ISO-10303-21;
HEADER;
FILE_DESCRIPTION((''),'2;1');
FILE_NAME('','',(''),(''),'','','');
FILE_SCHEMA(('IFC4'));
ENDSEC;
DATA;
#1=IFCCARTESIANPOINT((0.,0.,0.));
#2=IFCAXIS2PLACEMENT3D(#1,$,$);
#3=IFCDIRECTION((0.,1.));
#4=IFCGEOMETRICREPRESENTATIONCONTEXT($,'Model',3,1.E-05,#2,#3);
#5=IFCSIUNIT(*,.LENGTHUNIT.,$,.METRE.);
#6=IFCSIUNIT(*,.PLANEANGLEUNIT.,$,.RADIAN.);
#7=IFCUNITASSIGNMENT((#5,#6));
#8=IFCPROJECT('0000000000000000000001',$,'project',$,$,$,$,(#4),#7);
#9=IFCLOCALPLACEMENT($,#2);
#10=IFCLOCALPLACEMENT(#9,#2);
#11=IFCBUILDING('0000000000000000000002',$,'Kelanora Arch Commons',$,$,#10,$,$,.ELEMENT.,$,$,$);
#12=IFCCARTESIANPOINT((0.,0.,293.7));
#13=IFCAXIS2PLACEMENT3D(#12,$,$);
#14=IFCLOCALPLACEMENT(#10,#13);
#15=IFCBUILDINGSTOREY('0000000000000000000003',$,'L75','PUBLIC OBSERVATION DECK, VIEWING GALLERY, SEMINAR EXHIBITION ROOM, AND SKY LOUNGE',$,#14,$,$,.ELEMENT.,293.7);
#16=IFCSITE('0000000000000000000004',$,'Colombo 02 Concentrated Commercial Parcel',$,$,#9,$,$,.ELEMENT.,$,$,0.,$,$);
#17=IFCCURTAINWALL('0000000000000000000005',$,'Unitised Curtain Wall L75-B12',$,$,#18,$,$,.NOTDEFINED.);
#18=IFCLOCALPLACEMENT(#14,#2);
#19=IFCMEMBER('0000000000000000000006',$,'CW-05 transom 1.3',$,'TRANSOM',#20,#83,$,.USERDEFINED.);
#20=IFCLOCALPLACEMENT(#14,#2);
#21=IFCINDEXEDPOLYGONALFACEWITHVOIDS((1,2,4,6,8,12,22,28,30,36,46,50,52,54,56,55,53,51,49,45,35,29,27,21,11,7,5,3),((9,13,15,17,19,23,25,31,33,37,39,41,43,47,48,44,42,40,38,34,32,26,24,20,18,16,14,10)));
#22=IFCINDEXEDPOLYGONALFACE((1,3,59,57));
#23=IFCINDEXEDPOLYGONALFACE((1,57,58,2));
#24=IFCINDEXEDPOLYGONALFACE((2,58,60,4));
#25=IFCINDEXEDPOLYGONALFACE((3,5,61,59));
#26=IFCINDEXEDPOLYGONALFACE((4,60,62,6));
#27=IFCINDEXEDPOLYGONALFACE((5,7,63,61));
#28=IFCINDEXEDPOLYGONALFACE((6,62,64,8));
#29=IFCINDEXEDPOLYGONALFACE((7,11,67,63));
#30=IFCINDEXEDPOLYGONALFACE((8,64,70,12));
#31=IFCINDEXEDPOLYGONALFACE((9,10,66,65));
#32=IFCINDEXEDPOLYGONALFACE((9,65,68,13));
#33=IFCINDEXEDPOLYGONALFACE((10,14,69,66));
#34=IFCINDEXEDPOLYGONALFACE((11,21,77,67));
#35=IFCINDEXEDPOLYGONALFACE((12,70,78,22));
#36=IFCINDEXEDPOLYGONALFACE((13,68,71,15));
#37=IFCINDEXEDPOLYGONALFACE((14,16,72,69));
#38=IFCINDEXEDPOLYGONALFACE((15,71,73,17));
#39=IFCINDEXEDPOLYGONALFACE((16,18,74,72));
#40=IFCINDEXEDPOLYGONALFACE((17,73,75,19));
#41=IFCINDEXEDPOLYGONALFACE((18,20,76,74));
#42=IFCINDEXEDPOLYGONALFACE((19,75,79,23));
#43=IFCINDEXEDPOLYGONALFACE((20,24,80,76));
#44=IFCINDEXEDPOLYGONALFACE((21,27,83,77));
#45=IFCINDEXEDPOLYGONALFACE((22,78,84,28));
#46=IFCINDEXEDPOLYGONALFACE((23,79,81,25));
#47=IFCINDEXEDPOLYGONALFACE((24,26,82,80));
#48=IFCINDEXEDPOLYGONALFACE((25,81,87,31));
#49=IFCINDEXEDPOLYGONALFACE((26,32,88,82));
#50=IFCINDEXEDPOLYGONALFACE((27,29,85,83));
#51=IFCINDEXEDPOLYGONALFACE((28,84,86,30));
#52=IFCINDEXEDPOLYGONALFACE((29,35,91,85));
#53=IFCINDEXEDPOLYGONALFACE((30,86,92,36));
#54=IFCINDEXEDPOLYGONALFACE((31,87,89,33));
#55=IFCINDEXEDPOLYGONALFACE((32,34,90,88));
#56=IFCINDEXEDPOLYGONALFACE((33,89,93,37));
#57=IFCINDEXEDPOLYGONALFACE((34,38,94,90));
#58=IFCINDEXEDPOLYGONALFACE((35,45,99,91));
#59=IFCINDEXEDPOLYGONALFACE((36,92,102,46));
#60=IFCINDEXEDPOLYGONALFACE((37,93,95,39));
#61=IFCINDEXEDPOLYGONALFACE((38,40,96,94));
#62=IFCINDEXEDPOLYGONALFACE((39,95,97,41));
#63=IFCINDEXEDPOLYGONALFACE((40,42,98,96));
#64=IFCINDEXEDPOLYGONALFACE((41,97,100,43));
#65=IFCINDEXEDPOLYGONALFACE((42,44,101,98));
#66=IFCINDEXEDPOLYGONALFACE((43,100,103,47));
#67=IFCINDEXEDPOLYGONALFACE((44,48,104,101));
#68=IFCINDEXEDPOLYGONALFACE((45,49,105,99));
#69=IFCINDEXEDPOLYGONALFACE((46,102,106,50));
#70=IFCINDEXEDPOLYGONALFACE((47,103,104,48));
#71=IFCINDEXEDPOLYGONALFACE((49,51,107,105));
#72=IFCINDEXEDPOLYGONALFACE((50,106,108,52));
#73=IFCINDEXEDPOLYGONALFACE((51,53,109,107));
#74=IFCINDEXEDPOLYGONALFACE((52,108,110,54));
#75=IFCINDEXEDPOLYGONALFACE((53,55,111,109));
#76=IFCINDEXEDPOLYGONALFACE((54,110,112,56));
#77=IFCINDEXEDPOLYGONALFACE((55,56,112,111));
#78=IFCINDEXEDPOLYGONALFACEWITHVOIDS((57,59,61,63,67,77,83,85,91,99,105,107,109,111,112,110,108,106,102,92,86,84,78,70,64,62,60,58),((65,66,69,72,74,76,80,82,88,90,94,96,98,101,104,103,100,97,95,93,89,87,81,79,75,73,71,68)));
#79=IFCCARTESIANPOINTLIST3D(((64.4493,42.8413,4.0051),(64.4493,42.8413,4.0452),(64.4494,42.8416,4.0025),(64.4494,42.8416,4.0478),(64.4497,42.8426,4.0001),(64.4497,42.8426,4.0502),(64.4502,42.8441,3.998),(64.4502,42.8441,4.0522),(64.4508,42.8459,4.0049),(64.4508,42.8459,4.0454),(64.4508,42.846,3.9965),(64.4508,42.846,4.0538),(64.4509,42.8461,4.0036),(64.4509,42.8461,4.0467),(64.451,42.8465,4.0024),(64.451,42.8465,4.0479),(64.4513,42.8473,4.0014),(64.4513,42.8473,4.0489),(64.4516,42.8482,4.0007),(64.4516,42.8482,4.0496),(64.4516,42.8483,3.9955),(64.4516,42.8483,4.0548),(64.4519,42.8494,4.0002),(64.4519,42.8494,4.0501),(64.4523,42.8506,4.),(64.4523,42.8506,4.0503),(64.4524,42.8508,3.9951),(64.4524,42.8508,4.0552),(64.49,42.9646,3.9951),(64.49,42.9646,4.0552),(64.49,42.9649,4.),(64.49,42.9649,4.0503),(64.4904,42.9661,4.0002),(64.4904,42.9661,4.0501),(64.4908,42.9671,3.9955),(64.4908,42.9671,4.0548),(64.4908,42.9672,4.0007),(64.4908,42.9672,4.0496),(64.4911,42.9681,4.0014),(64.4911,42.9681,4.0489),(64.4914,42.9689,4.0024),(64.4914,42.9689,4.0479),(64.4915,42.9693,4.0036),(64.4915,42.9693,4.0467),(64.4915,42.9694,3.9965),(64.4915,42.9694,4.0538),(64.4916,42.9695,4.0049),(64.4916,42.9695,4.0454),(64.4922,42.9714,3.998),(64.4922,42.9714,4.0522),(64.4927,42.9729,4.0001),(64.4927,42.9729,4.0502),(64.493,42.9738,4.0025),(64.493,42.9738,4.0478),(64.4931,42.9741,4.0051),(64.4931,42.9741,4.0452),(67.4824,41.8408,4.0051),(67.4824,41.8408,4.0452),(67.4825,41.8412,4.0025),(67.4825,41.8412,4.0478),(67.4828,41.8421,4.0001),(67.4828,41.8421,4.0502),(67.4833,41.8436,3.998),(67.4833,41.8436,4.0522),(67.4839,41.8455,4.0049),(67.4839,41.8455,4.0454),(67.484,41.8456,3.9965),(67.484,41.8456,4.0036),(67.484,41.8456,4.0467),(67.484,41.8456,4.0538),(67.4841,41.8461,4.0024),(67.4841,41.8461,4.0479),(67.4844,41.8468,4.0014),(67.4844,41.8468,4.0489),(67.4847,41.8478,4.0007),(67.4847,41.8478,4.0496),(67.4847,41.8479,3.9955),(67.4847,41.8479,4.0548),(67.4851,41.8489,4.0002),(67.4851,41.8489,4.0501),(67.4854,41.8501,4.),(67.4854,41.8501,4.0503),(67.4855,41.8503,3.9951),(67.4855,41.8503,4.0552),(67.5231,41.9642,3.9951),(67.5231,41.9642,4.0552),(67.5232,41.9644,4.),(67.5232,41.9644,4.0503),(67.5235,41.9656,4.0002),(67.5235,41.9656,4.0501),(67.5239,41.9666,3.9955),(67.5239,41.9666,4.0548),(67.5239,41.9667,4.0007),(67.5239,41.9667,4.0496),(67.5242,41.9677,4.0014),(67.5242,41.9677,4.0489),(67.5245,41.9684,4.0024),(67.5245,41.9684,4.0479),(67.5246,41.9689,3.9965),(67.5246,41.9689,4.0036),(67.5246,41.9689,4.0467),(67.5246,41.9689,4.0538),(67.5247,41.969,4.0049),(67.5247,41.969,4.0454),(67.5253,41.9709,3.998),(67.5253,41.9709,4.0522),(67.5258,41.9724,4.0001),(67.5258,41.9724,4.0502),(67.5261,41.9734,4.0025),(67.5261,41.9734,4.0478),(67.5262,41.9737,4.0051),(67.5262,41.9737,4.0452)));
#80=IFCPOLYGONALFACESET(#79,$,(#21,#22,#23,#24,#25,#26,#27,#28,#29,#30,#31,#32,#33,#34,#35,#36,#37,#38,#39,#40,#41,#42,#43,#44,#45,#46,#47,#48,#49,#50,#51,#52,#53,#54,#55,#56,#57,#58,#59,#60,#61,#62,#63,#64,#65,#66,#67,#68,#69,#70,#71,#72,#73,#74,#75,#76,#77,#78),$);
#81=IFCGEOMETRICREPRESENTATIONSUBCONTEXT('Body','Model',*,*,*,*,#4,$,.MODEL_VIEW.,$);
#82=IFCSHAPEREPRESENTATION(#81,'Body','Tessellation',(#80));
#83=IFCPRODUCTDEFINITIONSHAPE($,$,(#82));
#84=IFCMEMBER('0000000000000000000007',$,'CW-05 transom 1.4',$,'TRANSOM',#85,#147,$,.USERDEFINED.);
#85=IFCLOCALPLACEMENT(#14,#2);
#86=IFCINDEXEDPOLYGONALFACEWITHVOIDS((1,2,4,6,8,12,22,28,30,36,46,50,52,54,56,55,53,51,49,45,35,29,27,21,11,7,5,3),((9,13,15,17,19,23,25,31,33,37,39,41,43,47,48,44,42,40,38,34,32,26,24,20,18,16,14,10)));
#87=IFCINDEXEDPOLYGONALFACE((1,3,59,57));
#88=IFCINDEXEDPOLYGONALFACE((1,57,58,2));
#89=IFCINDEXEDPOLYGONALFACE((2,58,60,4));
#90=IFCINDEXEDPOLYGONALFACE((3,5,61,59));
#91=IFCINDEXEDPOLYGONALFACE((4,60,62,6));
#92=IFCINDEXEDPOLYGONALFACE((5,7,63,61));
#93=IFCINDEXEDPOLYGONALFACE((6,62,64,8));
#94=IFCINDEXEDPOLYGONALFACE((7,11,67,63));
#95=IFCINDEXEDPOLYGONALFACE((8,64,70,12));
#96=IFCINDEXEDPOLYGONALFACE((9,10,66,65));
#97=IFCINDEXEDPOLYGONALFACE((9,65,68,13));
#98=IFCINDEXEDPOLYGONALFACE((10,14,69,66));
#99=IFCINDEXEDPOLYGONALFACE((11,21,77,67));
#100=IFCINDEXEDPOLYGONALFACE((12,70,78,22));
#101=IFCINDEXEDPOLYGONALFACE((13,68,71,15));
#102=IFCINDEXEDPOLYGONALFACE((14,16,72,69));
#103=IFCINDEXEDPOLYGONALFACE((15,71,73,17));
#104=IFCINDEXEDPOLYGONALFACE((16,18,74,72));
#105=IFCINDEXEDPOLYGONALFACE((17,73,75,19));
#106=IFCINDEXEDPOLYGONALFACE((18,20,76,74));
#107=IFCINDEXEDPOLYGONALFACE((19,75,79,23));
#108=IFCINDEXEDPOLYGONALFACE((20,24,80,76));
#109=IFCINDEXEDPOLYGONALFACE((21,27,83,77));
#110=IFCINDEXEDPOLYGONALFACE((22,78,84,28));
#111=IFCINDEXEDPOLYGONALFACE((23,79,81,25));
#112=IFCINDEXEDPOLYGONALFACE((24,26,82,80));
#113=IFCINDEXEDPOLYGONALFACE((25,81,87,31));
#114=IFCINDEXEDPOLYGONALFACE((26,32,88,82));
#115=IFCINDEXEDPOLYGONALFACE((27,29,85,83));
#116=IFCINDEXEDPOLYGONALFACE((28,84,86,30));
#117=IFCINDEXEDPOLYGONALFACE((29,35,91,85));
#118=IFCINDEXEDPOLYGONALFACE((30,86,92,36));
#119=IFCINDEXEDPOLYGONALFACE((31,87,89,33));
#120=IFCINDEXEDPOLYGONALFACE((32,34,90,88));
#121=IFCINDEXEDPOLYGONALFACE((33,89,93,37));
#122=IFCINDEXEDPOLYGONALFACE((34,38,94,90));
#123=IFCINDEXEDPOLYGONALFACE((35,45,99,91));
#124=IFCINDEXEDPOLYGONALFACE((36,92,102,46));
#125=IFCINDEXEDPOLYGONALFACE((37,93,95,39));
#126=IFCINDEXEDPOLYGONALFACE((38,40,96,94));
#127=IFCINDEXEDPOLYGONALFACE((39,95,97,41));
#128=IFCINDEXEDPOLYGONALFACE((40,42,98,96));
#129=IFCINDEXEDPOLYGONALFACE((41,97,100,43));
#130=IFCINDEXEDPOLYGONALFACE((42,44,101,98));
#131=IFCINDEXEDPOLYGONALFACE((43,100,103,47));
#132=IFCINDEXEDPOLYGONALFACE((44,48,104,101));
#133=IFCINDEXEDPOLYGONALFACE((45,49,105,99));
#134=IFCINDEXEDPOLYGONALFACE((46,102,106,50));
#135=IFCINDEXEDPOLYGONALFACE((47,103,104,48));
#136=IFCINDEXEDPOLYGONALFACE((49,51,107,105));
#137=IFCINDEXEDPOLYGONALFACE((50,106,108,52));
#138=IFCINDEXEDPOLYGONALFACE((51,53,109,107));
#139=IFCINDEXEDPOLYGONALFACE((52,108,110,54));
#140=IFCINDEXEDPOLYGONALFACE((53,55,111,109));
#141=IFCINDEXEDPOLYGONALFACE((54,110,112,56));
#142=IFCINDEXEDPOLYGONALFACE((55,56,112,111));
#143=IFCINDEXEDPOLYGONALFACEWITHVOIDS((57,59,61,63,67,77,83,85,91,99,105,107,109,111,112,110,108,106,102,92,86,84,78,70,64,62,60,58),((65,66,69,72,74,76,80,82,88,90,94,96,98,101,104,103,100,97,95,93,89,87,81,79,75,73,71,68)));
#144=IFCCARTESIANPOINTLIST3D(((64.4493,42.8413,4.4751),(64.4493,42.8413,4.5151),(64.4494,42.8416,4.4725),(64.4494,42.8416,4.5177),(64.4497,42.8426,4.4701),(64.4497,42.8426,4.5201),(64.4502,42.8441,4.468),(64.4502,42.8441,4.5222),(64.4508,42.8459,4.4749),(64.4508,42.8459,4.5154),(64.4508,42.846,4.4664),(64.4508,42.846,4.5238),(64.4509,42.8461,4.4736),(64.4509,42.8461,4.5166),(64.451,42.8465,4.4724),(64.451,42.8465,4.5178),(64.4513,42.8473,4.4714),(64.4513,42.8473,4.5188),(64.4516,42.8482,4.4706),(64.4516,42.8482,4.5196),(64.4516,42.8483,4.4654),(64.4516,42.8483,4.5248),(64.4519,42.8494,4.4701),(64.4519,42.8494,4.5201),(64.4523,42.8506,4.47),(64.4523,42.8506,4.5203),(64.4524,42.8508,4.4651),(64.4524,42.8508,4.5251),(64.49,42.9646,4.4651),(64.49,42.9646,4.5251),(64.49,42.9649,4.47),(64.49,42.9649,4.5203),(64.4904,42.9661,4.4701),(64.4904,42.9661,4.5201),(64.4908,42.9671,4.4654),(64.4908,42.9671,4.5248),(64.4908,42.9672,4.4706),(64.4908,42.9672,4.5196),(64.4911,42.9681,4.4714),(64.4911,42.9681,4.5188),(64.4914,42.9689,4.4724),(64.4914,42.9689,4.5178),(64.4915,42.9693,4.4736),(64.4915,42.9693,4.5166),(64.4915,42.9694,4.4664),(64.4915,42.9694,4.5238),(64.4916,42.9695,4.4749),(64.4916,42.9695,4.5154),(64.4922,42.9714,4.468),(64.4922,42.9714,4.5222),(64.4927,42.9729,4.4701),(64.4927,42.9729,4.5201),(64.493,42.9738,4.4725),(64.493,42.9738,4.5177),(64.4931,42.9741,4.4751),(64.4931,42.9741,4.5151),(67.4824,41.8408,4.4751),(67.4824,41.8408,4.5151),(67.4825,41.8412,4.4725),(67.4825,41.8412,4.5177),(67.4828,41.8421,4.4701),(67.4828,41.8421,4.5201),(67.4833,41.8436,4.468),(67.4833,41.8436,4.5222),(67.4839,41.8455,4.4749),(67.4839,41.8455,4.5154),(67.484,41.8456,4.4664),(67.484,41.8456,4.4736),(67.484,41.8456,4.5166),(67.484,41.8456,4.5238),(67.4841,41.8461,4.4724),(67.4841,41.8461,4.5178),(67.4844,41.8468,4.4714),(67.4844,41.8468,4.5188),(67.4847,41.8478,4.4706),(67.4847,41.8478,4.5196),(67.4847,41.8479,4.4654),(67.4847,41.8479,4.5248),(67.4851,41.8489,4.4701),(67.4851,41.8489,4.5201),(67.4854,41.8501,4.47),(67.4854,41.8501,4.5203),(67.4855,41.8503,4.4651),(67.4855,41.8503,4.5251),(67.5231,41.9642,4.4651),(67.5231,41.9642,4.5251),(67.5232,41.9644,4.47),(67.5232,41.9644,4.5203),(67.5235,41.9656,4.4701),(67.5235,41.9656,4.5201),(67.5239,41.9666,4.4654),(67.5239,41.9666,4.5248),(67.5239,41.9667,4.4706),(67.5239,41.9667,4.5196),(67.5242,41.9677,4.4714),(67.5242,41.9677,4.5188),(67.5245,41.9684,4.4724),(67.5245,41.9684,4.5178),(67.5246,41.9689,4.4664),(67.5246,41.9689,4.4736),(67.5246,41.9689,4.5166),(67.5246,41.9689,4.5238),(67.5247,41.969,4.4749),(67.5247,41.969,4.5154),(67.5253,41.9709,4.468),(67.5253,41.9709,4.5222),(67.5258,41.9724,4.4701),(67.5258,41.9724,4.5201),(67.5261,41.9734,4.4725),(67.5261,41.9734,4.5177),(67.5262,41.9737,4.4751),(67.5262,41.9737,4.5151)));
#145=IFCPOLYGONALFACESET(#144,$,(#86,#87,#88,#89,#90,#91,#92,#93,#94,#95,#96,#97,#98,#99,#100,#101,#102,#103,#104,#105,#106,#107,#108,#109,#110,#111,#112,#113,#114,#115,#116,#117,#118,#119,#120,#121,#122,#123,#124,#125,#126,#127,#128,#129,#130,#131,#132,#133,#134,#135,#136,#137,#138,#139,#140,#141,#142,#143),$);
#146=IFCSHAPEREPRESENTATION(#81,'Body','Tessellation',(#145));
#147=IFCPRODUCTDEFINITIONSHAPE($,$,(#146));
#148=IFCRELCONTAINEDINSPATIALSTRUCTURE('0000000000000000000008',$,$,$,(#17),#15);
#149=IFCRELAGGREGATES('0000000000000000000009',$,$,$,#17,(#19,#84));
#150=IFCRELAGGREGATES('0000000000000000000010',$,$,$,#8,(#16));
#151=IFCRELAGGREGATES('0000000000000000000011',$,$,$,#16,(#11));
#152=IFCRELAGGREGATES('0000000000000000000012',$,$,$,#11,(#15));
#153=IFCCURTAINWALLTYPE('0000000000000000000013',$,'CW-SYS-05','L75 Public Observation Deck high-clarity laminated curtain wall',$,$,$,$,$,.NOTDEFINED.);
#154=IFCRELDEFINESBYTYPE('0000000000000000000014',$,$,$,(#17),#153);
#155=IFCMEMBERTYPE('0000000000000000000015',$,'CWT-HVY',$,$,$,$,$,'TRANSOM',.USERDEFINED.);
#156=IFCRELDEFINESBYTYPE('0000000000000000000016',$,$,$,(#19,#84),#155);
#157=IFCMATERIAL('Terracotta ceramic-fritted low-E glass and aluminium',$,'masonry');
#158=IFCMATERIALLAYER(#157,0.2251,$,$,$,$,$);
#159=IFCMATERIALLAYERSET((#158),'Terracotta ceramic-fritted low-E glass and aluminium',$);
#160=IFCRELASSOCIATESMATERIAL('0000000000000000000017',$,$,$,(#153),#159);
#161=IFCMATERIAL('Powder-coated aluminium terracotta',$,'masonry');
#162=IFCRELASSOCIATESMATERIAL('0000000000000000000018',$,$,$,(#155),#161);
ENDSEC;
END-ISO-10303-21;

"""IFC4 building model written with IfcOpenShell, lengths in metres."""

from ifc_helpers import new_model, si_unit, direction, frame, origin, origin_2d, place, context, subcontext, project, spatial, hollow_rectangle, extrude, material, layer, layer_set, material_profile, profile_set, type_object, element, aggregate, save


model = new_model("IFC4")

# Units and contexts
model_context = context("Model", 3, precision=1e-05, world=origin(), true_north=direction((0.0, 1.0)))
body_context = subcontext(model_context, "Body", "Model", "MODEL_VIEW")
ifc_project = project(units=[si_unit("LENGTHUNIT", "METRE"), si_unit("PLANEANGLEUNIT", "RADIAN")], contexts=[model_context])

# Site, building, storey
site_placement = place(None, origin())
site = spatial("IfcSite", under=ifc_project, at=site_placement, Name="Colombo 02 Concentrated Commercial Parcel", CompositionType="ELEMENT", RefElevation=0.0)
building_placement = place(site_placement, origin())
building = spatial("IfcBuilding", under=site, at=building_placement, Name="Kelanora Arch Commons", CompositionType="ELEMENT")
storey_placement = place(building_placement, frame((0.0, 0.0, 293.7)))
storey = spatial("IfcBuildingStorey", under=building, at=storey_placement, Name="L75", Description="PUBLIC OBSERVATION DECK, VIEWING GALLERY, SEMINAR EXHIBITION ROOM, AND SKY LOUNGE", CompositionType="ELEMENT", Elevation=293.7)

# Curtain wall
ifc_material_1 = material(Name="Terracotta ceramic-fritted low-E glass and aluminium", Category="masonry")
ifc_layer_1 = layer(ifc_material_1, 0.2251)
ifc_layer_set_1 = layer_set([ifc_layer_1], Name="Terracotta ceramic-fritted low-E glass and aluminium")
curtain_wall_type = type_object("IfcCurtainWallType", Name="CW-SYS-05", Description="L75 Public Observation Deck high-clarity laminated curtain wall", PredefinedType="NOTDEFINED", material=ifc_layer_set_1)
curtain_wall_1_placement = place(storey_placement, origin())
curtain_wall_1 = element("IfcCurtainWall", 1, at=curtain_wall_1_placement, inside=storey, type_object=curtain_wall_type, Name="Unitised Curtain Wall L75-B12", PredefinedType="NOTDEFINED")
ifc_material_2 = material(Name="Powder-coated aluminium terracotta", Category="masonry")

# Members
ifc_material_profile_1 = material_profile(ifc_material_2, hollow_rectangle(XDim=0.1399, YDim=0.0601, WallThickness=0.0049, InnerFilletRadius=0.0049, OuterFilletRadius=0.01, at=origin_2d()), Name="CWT140x60")
ifc_profile_set_1 = profile_set([ifc_material_profile_1], Name="Powder-coated aluminium terracotta")
member_type_1 = type_object("IfcMemberType", Name="CWT-HVY", ElementType="TRANSOM", PredefinedType="USERDEFINED", material=ifc_profile_set_1)
member_1_placement = place(storey_placement, frame((64.4712, 42.9077, 4.0251), z_axis=(0.949672, -0.313245, 0.0), x_axis=(0.313245, 0.949672, 0.0)))
member_1 = element("IfcMember", 2, at=member_1_placement, type_object=member_type_1, Name="CW-05 transom 1.3", ObjectType="TRANSOM", PredefinedType="USERDEFINED", context=body_context, shape_type="SweptSolid", body=[
    extrude(hollow_rectangle(XDim=0.1399, YDim=0.0601, WallThickness=0.0049, InnerFilletRadius=0.0049, OuterFilletRadius=0.01, at=origin_2d()), origin(), (0.0, 0.0, 1.0), 3.1938),
])
member_2_placement = place(storey_placement, frame((64.4712, 42.9077, 4.4951), z_axis=(0.949672, -0.313245, 0.0), x_axis=(0.313245, 0.949672, 0.0)))
member_2 = element("IfcMember", 3, at=member_2_placement, type_object=member_type_1, Name="CW-05 transom 1.4", ObjectType="TRANSOM", PredefinedType="USERDEFINED", context=body_context, shape_type="SweptSolid", body=[
    extrude(hollow_rectangle(XDim=0.1399, YDim=0.0601, WallThickness=0.0049, InnerFilletRadius=0.0049, OuterFilletRadius=0.01, at=origin_2d()), origin(), (0.0, 0.0, 1.0), 3.1938),
])

aggregate(curtain_wall_1, [member_1, member_2])

save(model, "model.ifc")
